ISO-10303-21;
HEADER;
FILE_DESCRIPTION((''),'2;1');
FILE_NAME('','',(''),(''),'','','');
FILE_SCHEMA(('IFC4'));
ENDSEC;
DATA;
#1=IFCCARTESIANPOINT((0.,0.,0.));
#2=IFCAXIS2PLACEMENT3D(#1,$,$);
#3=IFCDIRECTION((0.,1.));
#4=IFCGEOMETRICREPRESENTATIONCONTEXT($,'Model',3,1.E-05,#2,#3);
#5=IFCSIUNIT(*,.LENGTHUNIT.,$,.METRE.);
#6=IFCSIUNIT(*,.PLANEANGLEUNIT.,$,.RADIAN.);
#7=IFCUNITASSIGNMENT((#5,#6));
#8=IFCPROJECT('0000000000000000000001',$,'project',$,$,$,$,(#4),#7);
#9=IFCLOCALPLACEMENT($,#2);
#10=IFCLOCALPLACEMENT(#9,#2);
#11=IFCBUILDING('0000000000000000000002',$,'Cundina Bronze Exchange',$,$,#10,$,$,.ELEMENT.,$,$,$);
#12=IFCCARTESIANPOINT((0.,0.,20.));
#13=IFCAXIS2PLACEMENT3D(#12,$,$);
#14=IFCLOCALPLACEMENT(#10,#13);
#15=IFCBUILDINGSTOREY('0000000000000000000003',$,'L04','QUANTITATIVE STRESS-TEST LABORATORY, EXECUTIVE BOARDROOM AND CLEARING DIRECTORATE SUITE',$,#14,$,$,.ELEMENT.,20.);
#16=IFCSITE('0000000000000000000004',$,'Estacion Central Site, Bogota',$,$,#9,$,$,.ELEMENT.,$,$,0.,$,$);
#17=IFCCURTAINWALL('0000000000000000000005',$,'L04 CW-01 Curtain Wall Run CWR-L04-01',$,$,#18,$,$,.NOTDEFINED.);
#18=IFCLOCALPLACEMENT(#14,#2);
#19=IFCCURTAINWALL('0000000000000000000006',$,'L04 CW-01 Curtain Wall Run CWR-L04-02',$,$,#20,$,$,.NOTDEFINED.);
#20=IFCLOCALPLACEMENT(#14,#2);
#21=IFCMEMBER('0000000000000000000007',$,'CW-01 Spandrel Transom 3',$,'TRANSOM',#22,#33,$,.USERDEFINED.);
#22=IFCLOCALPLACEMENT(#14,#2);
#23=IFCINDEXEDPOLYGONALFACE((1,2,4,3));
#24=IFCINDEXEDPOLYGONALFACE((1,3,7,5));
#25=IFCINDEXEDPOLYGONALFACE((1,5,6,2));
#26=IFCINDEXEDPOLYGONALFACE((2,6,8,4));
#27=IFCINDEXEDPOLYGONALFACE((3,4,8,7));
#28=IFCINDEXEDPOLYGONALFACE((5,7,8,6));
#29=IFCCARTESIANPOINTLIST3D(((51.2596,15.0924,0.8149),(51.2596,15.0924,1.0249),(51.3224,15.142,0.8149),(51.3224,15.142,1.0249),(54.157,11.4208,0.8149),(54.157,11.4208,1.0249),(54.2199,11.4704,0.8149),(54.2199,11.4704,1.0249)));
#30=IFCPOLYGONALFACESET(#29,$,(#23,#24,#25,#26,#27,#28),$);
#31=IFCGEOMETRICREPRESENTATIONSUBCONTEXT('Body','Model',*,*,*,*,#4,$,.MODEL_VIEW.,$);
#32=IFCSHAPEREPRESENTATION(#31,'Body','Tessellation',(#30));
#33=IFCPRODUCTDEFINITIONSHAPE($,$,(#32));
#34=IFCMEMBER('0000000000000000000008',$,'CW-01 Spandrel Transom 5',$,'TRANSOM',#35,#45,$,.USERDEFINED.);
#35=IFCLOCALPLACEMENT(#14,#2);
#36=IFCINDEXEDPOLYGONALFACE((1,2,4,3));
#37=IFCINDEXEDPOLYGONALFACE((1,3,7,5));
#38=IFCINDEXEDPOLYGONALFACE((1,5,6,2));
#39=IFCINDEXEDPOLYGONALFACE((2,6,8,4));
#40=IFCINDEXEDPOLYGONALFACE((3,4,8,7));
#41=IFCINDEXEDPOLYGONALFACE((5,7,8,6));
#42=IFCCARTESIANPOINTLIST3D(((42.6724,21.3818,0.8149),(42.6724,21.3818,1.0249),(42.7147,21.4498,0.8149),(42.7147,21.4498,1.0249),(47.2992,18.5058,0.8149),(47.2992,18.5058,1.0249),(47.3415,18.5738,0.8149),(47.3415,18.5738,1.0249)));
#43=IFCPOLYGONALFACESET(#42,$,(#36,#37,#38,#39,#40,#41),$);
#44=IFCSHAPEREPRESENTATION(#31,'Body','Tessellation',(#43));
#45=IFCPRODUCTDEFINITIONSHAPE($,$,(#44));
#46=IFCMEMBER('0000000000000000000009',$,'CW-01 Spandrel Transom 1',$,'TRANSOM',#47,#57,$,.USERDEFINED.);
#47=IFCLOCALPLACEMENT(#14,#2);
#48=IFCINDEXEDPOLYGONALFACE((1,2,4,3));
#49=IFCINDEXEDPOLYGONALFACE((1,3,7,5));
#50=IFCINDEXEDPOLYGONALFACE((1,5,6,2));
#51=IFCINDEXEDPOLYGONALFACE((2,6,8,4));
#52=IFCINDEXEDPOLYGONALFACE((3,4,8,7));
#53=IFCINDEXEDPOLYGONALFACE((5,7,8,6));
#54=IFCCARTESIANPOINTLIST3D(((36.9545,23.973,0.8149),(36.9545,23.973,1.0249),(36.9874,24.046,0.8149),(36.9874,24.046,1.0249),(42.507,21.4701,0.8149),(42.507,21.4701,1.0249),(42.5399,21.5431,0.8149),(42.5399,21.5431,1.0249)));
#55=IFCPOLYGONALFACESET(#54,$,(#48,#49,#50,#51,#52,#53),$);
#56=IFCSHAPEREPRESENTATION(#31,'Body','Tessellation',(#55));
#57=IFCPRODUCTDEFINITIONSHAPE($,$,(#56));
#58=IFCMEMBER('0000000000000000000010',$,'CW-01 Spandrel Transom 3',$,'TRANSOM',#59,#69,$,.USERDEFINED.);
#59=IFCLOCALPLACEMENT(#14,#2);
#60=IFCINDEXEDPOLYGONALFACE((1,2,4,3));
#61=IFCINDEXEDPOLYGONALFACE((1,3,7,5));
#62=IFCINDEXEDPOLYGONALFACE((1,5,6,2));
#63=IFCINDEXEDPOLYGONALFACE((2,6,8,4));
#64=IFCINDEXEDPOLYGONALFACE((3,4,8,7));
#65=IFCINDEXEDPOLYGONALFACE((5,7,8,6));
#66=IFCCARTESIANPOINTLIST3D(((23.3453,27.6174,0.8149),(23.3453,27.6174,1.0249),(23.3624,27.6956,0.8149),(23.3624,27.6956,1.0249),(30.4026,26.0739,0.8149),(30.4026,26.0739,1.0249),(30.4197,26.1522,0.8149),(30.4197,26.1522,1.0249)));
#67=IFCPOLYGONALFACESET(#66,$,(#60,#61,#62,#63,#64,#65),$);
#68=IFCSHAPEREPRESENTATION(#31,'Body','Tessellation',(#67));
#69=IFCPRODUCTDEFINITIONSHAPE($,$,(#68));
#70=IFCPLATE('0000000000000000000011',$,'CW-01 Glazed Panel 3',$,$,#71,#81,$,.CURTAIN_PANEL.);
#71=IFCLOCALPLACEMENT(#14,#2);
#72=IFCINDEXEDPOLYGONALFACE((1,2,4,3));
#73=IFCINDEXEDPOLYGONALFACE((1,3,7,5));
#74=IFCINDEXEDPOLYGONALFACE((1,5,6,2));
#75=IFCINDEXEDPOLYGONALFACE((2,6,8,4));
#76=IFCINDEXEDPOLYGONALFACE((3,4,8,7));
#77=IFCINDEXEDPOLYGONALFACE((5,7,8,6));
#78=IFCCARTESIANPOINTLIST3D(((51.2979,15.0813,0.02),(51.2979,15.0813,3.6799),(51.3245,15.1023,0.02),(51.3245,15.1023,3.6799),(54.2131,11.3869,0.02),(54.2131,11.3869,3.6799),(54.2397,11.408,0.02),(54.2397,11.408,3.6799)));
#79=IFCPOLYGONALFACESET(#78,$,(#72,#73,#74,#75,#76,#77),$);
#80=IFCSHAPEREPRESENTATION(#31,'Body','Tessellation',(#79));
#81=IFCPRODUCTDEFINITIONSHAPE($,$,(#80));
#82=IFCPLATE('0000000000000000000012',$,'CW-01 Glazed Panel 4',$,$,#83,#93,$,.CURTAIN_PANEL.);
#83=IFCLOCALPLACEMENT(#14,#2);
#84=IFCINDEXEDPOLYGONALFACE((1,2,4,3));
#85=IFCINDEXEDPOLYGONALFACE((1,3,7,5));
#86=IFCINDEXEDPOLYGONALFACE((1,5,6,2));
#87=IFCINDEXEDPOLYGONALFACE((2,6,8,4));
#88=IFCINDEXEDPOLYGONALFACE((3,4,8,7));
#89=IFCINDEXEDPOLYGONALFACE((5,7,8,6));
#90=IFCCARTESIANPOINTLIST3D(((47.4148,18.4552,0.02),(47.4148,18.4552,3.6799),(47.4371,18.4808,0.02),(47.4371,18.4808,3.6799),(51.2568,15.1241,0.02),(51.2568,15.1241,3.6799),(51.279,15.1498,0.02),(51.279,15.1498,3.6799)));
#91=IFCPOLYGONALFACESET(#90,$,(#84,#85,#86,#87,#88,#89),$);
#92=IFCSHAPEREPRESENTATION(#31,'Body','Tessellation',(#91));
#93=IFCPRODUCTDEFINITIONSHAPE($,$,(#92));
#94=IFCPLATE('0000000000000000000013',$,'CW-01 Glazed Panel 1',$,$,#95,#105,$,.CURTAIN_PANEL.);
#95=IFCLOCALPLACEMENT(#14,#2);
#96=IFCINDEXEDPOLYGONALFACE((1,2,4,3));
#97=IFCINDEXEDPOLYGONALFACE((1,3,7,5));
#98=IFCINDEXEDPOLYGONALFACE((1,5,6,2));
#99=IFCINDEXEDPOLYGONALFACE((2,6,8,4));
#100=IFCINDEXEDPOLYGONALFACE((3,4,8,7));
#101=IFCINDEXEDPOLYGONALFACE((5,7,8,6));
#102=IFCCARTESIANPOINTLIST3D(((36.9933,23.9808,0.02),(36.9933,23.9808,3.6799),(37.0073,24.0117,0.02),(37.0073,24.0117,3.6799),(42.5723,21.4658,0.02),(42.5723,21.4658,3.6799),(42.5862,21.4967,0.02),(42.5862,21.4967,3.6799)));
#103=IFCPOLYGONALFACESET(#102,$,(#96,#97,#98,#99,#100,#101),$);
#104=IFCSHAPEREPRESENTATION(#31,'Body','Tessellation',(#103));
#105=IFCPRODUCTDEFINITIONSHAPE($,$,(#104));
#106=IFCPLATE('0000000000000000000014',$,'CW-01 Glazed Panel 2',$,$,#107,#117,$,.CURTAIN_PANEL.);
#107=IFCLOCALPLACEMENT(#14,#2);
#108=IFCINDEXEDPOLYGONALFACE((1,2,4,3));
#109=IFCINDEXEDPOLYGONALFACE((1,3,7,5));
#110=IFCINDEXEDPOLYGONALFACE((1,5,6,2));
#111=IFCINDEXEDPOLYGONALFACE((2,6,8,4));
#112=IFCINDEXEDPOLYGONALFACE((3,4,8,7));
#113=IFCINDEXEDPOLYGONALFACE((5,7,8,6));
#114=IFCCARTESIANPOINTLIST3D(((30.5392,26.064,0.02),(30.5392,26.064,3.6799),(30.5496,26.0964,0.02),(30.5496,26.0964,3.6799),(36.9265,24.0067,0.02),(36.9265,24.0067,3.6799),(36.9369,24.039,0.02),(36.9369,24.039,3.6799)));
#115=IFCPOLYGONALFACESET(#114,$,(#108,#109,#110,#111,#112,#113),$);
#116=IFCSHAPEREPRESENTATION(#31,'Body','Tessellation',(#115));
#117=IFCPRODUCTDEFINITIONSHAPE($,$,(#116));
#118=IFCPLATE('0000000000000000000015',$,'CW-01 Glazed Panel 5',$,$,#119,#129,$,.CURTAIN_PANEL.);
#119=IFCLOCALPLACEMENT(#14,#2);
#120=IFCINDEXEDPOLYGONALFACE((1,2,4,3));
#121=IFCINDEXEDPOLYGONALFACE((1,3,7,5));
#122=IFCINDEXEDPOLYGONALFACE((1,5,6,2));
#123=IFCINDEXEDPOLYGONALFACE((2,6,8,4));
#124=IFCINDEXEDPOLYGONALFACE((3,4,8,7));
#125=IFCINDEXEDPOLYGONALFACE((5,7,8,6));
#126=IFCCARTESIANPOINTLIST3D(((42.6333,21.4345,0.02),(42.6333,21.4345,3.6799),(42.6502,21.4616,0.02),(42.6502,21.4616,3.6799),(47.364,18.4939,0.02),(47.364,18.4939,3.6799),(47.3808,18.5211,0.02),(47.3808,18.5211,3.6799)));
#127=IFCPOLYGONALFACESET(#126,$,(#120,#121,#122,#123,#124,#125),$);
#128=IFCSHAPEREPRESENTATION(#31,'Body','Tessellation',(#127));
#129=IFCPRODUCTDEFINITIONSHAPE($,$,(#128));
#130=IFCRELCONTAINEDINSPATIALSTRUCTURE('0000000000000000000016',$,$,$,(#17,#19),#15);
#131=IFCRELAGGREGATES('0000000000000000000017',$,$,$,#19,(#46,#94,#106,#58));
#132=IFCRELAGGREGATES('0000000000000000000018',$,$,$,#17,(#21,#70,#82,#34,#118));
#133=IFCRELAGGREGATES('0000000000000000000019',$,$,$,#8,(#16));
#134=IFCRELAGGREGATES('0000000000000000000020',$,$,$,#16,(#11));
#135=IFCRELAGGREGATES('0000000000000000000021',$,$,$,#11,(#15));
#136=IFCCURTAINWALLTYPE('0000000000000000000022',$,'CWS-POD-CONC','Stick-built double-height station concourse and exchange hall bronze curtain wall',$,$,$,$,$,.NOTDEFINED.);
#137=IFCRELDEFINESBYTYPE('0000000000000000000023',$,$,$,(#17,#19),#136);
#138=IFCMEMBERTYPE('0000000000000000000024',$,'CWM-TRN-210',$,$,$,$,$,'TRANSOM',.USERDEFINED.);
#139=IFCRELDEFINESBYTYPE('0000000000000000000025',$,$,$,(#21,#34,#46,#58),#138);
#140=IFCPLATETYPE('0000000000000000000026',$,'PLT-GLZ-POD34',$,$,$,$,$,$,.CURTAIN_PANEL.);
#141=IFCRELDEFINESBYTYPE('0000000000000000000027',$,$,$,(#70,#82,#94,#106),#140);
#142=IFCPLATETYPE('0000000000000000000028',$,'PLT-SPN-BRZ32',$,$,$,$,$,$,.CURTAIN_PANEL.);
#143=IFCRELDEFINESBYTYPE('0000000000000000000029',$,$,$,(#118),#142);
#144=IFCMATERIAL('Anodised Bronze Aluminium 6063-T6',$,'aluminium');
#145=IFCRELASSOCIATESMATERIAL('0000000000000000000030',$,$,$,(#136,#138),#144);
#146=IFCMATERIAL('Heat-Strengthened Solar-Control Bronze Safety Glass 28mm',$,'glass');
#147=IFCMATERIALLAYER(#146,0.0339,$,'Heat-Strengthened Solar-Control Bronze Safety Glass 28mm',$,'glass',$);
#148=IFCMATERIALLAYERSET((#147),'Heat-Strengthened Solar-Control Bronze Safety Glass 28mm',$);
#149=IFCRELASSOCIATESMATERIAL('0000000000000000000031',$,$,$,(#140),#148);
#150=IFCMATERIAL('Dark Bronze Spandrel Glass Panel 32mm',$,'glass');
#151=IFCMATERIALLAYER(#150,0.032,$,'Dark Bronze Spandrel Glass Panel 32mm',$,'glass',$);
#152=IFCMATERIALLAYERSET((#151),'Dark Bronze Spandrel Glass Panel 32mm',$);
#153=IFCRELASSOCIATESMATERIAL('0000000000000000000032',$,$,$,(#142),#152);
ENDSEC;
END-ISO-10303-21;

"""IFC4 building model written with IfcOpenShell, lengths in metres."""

from ifc_helpers import new_model, si_unit, direction, frame, origin, origin_2d, place, context, subcontext, project, spatial, rectangle, extrude, material, layer, layer_set, material_profile, profile_set, type_object, element, aggregate, save


model = new_model("IFC4")

# Units and contexts
model_context = context("Model", 3, precision=1e-05, world=origin(), true_north=direction((0.0, 1.0)))
body_context = subcontext(model_context, "Body", "Model", "MODEL_VIEW")
ifc_project = project(units=[si_unit("LENGTHUNIT", "METRE"), si_unit("PLANEANGLEUNIT", "RADIAN")], contexts=[model_context])

# Site, building, storey
site_placement = place(None, origin())
site = spatial("IfcSite", under=ifc_project, at=site_placement, Name="Estacion Central Site, Bogota", CompositionType="ELEMENT", RefElevation=0.0)
building_placement = place(site_placement, origin())
building = spatial("IfcBuilding", under=site, at=building_placement, Name="Cundina Bronze Exchange", CompositionType="ELEMENT")
storey_placement = place(building_placement, frame((0.0, 0.0, 20.0)))
storey = spatial("IfcBuildingStorey", under=building, at=storey_placement, Name="L04", Description="QUANTITATIVE STRESS-TEST LABORATORY, EXECUTIVE BOARDROOM AND CLEARING DIRECTORATE SUITE", CompositionType="ELEMENT", Elevation=20.0)

# Curtain walls
ifc_material_1 = material(Name="Anodised Bronze Aluminium 6063-T6", Category="aluminium")
curtain_wall_type = type_object("IfcCurtainWallType", Name="CWS-POD-CONC", Description="Stick-built double-height station concourse and exchange hall bronze curtain wall", PredefinedType="NOTDEFINED", material=ifc_material_1)
curtain_wall_1_placement = place(storey_placement, origin())
curtain_wall_1 = element("IfcCurtainWall", 1, at=curtain_wall_1_placement, inside=storey, type_object=curtain_wall_type, Name="L04 CW-01 Curtain Wall Run CWR-L04-01", PredefinedType="NOTDEFINED")
curtain_wall_2_placement = place(storey_placement, origin())
curtain_wall_2 = element("IfcCurtainWall", 2, at=curtain_wall_2_placement, inside=storey, type_object=curtain_wall_type, Name="L04 CW-01 Curtain Wall Run CWR-L04-02", PredefinedType="NOTDEFINED")

# Members
ifc_material_profile_1 = material_profile(ifc_material_1, rectangle(XDim=0.0801, YDim=0.21, at=origin_2d()), Name="AL80X210", Category="aluminium")
ifc_profile_set_1 = profile_set([ifc_material_profile_1], Name="Anodised Bronze Aluminium 6063-T6")
member_type_1 = type_object("IfcMemberType", Name="CWM-TRN-210", ElementType="TRANSOM", PredefinedType="USERDEFINED", material=ifc_profile_set_1)
member_1_placement = place(storey_placement, frame((54.1885, 11.4456, 0.9199), z_axis=(-0.619487, 0.785007, 0.0), x_axis=(-0.785007, -0.619487, 0.0)))
member_1 = element("IfcMember", 3, at=member_1_placement, type_object=member_type_1, Name="CW-01 Spandrel Transom 3", ObjectType="TRANSOM", PredefinedType="USERDEFINED", context=body_context, shape_type="SweptSolid", body=[
    extrude(rectangle(XDim=0.0801, YDim=0.21, at=origin_2d()), origin(), (0.0, 0.0, 1.0), 4.6772),
])
member_2_placement = place(storey_placement, frame((47.3203, 18.5398, 0.9199), z_axis=(-0.849292, 0.527923, 0.0), x_axis=(-0.527923, -0.849292, 0.0)))
member_2 = element("IfcMember", 4, at=member_2_placement, type_object=member_type_1, Name="CW-01 Spandrel Transom 5", ObjectType="TRANSOM", PredefinedType="USERDEFINED", context=body_context, shape_type="SweptSolid", body=[
    extrude(rectangle(XDim=0.0801, YDim=0.21, at=origin_2d()), origin(), (0.0, 0.0, 1.0), 5.4478),
])
member_3_placement = place(storey_placement, frame((42.5234, 21.5066, 0.9199), z_axis=(-0.911657, 0.410953, 0.0), x_axis=(-0.410953, -0.911657, 0.0)))
member_3 = element("IfcMember", 5, at=member_3_placement, type_object=member_type_1, Name="CW-01 Spandrel Transom 1", ObjectType="TRANSOM", PredefinedType="USERDEFINED", context=body_context, shape_type="SweptSolid", body=[
    extrude(rectangle(XDim=0.0801, YDim=0.21, at=origin_2d()), origin(), (0.0, 0.0, 1.0), 6.0906),
])
member_4_placement = place(storey_placement, frame((30.4111, 26.113, 0.9199), z_axis=(-0.97691, 0.213652, 0.0), x_axis=(-0.213652, -0.97691, 0.0)))
member_4 = element("IfcMember", 6, at=member_4_placement, type_object=member_type_1, Name="CW-01 Spandrel Transom 3", ObjectType="TRANSOM", PredefinedType="USERDEFINED", context=body_context, shape_type="SweptSolid", body=[
    extrude(rectangle(XDim=0.0801, YDim=0.21, at=origin_2d()), origin(), (0.0, 0.0, 1.0), 7.2241),
])

# Plates
ifc_material_2 = material(Name="Heat-Strengthened Solar-Control Bronze Safety Glass 28mm", Category="glass")
ifc_layer_1 = layer(ifc_material_2, 0.0339, Name="Heat-Strengthened Solar-Control Bronze Safety Glass 28mm", Category="glass")
ifc_layer_set_1 = layer_set([ifc_layer_1], Name="Heat-Strengthened Solar-Control Bronze Safety Glass 28mm")
plate_type_1 = type_object("IfcPlateType", Name="PLT-GLZ-POD34", PredefinedType="CURTAIN_PANEL", material=ifc_layer_set_1)
plate_1_placement = place(storey_placement, frame((52.7688, 13.2446, 0.02), z_axis=(0.0, 0.0, 1.0), x_axis=(-0.619464, 0.785025, 0.0)))
plate_1 = element("IfcPlate", 7, at=plate_1_placement, type_object=plate_type_1, Name="CW-01 Glazed Panel 3", PredefinedType="CURTAIN_PANEL", context=body_context, shape_type="SweptSolid", body=[
    extrude(rectangle(XDim=4.7061, YDim=0.0339, at=origin_2d()), origin(), (0.0, 0.0, 1.0), 3.6599),
])
plate_2_placement = place(storey_placement, frame((49.3469, 16.8025, 0.02), z_axis=(0.0, 0.0, 1.0), x_axis=(-0.755556, 0.655084, 0.0)))
plate_2 = element("IfcPlate", 8, at=plate_2_placement, type_object=plate_type_1, Name="CW-01 Glazed Panel 4", PredefinedType="CURTAIN_PANEL", context=body_context, shape_type="SweptSolid", body=[
    extrude(rectangle(XDim=5.085, YDim=0.0339, at=origin_2d()), origin(), (0.0, 0.0, 1.0), 3.6599),
])
plate_3_placement = place(storey_placement, frame((39.7898, 22.7388, 0.02), z_axis=(0.0, 0.0, 1.0), x_axis=(-0.911647, 0.410973, 0.0)))
plate_3 = element("IfcPlate", 9, at=plate_3_placement, type_object=plate_type_1, Name="CW-01 Glazed Panel 1", PredefinedType="CURTAIN_PANEL", context=body_context, shape_type="SweptSolid", body=[
    extrude(rectangle(XDim=6.1196, YDim=0.0339, at=origin_2d()), origin(), (0.0, 0.0, 1.0), 3.6599),
])
plate_4_placement = place(storey_placement, frame((33.738, 25.0515, 0.02), z_axis=(0.0, 0.0, 1.0), x_axis=(-0.951841, 0.306593, 0.0)))
plate_4 = element("IfcPlate", 10, at=plate_4_placement, type_object=plate_type_1, Name="CW-01 Glazed Panel 2", PredefinedType="CURTAIN_PANEL", context=body_context, shape_type="SweptSolid", body=[
    extrude(rectangle(XDim=6.7104, YDim=0.0339, at=origin_2d()), origin(), (0.0, 0.0, 1.0), 3.6599),
])
aggregate(curtain_wall_2, [member_3, plate_3, plate_4, member_4])
ifc_material_3 = material(Name="Dark Bronze Spandrel Glass Panel 32mm", Category="glass")
ifc_layer_2 = layer(ifc_material_3, 0.032, Name="Dark Bronze Spandrel Glass Panel 32mm", Category="glass")
ifc_layer_set_2 = layer_set([ifc_layer_2], Name="Dark Bronze Spandrel Glass Panel 32mm")
plate_type_2 = type_object("IfcPlateType", Name="PLT-SPN-BRZ32", PredefinedType="CURTAIN_PANEL", material=ifc_layer_set_2)
plate_5_placement = place(storey_placement, frame((45.0071, 19.9778, 0.02), z_axis=(0.0, 0.0, 1.0), x_axis=(-0.849294, 0.52792, 0.0)))
plate_5 = element("IfcPlate", 11, at=plate_5_placement, type_object=plate_type_2, Name="CW-01 Glazed Panel 5", PredefinedType="CURTAIN_PANEL", context=body_context, shape_type="SweptSolid", body=[
    extrude(rectangle(XDim=5.5701, YDim=0.032, at=origin_2d()), origin(), (0.0, 0.0, 1.0), 3.6599),
])
aggregate(curtain_wall_1, [member_1, plate_1, plate_2, member_2, plate_5])

save(model, "model.ifc")
